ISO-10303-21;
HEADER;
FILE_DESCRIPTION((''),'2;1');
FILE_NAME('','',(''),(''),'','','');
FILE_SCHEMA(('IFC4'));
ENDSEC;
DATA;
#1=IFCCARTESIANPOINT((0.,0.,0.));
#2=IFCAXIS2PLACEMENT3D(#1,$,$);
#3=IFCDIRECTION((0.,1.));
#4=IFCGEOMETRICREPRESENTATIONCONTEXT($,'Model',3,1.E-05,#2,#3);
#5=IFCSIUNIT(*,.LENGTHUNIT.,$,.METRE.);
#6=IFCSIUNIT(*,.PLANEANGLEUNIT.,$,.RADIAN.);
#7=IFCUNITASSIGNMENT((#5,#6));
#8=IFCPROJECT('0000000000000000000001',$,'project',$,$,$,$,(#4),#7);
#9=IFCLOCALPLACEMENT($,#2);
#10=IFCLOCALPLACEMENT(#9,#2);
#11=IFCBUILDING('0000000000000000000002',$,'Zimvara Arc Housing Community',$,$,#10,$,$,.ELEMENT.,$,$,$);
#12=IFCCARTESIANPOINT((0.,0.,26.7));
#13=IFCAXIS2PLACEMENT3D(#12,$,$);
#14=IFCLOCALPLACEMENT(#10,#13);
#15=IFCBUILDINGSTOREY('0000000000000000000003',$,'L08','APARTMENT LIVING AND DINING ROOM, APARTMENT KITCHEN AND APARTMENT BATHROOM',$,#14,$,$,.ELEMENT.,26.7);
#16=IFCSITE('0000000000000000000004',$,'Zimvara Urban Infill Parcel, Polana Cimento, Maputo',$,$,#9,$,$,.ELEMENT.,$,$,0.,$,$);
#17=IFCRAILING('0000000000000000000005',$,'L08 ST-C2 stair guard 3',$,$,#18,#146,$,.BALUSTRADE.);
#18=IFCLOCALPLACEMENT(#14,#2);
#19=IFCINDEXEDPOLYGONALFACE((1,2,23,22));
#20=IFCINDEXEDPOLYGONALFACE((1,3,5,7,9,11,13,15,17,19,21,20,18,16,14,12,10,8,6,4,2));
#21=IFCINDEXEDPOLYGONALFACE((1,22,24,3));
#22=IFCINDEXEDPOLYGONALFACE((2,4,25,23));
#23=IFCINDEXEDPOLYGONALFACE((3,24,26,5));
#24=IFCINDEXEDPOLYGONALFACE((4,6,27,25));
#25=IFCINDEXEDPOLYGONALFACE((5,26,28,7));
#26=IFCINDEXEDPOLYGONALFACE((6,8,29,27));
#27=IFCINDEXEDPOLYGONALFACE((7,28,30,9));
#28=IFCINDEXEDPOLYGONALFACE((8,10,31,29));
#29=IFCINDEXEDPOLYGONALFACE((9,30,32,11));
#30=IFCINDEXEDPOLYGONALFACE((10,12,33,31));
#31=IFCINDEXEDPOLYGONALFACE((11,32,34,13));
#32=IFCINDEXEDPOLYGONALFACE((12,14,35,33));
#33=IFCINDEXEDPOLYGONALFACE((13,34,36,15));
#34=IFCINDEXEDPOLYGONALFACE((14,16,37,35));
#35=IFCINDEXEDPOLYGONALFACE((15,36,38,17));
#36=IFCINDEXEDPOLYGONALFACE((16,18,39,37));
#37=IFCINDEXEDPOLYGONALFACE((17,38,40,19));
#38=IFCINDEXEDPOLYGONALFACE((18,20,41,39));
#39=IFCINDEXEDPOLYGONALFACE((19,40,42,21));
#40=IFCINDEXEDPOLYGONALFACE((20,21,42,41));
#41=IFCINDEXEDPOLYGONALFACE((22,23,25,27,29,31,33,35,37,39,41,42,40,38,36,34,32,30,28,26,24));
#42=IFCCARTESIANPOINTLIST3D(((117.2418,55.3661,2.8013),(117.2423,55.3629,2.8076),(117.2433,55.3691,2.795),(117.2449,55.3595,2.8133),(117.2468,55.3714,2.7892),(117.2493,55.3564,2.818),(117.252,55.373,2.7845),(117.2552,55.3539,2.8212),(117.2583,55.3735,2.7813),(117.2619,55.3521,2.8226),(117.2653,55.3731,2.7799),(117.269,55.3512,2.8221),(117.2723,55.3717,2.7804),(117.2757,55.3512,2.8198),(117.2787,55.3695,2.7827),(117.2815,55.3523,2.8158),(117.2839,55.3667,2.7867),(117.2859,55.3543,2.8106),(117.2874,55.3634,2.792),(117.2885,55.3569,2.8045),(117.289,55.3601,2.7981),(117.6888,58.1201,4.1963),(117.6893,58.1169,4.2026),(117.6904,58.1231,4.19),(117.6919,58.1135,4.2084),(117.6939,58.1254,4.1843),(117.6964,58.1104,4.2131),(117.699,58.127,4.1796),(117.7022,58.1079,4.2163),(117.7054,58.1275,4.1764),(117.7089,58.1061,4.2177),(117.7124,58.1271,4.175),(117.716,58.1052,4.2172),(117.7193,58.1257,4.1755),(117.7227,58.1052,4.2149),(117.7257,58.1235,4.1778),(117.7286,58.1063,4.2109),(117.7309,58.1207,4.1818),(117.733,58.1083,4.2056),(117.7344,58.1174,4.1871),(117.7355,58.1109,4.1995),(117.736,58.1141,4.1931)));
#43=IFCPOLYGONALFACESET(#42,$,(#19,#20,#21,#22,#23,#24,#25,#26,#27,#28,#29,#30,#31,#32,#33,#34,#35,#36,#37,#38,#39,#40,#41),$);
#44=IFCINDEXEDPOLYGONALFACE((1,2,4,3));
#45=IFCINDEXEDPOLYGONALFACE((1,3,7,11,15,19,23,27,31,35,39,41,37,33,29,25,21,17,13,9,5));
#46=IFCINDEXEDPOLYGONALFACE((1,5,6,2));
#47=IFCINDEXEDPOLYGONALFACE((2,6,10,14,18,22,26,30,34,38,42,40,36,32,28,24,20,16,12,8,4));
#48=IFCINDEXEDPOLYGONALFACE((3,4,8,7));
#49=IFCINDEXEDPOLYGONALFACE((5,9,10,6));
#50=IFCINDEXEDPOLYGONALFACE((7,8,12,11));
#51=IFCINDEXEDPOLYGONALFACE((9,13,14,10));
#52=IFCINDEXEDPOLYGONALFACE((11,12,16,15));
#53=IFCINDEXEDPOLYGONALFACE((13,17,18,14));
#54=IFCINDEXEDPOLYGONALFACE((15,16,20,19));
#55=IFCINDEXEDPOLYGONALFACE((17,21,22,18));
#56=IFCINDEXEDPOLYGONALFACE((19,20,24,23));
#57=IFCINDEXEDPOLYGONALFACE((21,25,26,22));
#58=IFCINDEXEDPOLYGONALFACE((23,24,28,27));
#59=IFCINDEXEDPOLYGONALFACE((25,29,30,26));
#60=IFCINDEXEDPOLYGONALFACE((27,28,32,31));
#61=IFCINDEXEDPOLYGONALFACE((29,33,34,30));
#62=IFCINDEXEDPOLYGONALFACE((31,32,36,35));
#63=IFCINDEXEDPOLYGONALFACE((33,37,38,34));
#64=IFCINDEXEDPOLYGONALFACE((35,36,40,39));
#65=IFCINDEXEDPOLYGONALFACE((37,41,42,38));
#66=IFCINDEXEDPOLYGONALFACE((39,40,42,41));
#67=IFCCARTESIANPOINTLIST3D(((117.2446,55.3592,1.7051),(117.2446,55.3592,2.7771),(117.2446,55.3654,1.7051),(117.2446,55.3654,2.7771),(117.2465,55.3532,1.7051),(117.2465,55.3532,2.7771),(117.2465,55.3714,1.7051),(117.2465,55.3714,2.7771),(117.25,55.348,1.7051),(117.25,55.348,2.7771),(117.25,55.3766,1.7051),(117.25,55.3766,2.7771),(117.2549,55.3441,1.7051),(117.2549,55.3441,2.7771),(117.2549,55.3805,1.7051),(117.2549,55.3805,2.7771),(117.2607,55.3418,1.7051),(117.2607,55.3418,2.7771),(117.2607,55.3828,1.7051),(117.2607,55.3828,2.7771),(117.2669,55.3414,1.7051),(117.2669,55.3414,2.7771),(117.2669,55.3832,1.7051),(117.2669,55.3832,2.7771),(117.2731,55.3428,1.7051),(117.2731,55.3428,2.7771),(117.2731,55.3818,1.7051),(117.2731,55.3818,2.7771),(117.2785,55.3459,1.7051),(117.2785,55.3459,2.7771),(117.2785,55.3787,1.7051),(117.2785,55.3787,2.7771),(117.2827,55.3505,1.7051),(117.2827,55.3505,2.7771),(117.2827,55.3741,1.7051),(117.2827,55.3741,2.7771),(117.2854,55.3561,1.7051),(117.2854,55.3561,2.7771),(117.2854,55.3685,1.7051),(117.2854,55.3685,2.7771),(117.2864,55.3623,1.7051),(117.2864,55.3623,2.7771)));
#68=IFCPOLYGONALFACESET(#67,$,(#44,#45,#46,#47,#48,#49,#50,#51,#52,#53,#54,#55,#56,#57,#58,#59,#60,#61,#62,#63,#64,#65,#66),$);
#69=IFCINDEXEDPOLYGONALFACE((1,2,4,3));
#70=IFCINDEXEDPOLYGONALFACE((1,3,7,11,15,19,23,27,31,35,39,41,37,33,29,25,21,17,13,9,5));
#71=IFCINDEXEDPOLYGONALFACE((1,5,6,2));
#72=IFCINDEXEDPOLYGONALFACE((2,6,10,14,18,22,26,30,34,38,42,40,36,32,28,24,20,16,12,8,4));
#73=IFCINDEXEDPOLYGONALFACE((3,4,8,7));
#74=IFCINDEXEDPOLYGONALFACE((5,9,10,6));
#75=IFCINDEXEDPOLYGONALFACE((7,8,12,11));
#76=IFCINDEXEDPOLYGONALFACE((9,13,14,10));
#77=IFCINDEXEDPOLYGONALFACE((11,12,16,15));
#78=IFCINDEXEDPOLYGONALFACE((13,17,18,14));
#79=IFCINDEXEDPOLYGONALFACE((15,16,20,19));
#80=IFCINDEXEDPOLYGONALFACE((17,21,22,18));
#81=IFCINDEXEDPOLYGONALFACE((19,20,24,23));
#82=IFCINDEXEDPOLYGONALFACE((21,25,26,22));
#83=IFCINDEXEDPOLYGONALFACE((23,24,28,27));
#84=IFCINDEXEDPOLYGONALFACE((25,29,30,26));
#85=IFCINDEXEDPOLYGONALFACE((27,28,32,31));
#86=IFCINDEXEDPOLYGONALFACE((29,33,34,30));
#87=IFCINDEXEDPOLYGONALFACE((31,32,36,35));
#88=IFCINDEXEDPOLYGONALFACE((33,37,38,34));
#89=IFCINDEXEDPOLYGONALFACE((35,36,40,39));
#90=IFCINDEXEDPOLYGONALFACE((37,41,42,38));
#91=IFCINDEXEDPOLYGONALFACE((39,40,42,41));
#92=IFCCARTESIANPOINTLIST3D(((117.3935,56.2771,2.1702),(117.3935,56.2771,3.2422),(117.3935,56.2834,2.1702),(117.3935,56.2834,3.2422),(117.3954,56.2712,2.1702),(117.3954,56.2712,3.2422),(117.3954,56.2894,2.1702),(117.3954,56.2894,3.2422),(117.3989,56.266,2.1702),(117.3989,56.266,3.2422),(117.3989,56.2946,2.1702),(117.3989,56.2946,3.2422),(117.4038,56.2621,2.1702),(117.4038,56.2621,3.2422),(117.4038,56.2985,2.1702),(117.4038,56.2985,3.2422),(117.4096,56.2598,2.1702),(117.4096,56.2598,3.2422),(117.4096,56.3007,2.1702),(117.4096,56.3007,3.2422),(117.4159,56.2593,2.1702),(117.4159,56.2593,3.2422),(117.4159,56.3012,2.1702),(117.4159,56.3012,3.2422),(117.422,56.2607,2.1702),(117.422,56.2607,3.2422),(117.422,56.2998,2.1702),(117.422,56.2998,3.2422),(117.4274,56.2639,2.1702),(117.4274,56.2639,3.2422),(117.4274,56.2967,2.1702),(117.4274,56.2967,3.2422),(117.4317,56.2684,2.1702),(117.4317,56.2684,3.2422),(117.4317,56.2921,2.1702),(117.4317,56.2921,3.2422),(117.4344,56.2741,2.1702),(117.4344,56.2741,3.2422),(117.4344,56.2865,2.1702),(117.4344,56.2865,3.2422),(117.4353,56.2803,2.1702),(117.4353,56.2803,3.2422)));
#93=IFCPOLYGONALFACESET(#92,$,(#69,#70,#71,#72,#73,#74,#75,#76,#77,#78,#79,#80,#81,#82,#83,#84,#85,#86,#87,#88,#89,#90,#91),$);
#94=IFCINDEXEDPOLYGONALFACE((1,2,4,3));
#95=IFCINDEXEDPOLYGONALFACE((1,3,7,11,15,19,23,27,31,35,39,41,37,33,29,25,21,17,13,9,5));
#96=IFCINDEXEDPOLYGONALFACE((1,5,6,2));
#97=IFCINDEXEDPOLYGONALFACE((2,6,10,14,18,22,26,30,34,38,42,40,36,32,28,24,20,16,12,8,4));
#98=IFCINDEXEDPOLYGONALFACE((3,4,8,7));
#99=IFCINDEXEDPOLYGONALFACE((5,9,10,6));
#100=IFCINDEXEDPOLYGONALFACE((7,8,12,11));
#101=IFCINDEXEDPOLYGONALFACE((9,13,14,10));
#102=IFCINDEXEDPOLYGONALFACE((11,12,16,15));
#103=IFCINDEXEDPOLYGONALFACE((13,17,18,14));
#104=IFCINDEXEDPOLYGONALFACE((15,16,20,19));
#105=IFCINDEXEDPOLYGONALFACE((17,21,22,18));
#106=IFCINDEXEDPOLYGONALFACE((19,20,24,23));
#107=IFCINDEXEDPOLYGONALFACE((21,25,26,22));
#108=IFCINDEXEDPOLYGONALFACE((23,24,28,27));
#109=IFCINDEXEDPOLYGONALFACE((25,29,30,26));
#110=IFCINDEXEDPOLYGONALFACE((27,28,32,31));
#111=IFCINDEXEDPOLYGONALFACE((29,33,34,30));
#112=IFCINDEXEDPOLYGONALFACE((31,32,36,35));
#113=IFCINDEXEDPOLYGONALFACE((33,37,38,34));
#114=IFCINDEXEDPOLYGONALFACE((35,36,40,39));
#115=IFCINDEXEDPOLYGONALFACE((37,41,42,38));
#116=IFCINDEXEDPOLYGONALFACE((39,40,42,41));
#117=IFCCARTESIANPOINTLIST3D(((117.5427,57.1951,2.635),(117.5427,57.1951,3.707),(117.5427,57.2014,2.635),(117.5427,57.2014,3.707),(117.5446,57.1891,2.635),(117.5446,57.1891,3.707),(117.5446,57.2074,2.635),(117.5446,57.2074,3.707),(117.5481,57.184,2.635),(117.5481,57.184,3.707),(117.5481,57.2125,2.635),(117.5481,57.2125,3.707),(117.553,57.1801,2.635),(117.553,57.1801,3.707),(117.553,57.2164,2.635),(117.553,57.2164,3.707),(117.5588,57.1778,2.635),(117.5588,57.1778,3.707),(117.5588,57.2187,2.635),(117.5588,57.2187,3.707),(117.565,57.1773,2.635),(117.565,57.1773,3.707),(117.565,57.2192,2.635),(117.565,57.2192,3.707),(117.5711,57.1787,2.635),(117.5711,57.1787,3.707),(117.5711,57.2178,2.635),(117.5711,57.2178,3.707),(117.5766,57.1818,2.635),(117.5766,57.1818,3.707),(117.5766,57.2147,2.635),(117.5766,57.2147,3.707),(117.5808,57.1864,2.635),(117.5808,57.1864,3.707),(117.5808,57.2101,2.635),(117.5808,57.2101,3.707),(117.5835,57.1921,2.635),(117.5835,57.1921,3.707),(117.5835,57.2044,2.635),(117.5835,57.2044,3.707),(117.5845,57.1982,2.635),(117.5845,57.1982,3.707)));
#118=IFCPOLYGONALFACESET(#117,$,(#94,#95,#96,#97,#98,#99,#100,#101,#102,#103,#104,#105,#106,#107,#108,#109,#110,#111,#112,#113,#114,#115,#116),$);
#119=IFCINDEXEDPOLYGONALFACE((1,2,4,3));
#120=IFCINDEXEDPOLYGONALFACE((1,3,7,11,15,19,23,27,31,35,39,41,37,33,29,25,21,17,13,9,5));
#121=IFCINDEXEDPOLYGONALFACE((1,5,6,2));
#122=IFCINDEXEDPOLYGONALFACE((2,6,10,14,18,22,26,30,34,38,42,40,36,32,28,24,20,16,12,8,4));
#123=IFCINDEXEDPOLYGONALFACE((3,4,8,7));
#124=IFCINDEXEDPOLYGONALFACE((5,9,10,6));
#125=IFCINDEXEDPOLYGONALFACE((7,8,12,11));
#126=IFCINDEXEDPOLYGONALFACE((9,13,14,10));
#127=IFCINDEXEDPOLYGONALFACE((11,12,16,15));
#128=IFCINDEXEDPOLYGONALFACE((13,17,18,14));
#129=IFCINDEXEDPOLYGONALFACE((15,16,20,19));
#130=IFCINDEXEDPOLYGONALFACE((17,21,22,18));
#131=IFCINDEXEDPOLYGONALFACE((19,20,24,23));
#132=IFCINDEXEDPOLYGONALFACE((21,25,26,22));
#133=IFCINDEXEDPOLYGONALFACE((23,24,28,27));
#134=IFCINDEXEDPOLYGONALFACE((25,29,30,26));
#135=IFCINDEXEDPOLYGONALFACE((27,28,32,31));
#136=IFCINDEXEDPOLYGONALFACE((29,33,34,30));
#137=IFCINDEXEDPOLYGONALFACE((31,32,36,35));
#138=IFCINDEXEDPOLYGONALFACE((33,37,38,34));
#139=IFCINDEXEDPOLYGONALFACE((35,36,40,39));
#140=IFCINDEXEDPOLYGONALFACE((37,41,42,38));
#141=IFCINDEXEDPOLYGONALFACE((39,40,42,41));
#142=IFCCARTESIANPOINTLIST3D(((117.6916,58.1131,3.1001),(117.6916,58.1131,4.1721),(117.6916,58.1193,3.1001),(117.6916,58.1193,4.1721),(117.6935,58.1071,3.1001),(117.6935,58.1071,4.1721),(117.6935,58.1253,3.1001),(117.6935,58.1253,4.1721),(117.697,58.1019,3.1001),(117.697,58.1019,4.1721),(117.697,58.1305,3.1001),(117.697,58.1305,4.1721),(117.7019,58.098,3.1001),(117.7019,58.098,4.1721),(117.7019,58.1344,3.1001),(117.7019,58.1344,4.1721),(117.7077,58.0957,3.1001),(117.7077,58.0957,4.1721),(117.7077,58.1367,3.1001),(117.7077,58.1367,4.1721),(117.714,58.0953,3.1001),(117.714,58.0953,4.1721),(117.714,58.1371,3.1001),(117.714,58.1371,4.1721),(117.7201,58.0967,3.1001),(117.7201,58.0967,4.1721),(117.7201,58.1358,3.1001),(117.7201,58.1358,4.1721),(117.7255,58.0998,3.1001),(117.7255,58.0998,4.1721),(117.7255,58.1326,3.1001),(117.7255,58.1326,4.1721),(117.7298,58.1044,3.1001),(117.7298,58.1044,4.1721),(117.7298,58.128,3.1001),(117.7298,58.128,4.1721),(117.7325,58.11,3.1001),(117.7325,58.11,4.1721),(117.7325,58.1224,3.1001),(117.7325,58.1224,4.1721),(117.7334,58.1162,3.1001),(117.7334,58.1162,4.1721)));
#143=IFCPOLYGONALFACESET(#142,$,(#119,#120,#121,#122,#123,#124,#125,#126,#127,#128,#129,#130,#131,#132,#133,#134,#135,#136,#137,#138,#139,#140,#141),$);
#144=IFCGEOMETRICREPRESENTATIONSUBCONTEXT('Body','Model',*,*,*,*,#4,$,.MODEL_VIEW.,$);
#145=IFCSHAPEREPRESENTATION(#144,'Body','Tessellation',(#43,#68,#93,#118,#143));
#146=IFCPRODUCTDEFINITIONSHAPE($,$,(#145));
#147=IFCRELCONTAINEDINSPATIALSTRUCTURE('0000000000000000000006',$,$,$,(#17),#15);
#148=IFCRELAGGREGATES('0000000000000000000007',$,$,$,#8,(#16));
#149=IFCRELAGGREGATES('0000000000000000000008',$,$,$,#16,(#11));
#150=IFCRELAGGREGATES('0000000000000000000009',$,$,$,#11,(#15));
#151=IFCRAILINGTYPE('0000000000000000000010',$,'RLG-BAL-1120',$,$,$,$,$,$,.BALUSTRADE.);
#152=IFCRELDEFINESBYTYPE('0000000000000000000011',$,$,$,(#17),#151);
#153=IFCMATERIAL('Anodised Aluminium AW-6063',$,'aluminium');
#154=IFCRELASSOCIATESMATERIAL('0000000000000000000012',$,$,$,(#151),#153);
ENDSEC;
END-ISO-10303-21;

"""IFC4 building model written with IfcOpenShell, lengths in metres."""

from ifc_helpers import new_model, si_unit, direction, frame, origin, origin_2d, place, context, subcontext, project, spatial, circle, extrude, material, type_object, element, save


model = new_model("IFC4")

# Units and contexts
model_context = context("Model", 3, precision=1e-05, world=origin(), true_north=direction((0.0, 1.0)))
body_context = subcontext(model_context, "Body", "Model", "MODEL_VIEW")
ifc_project = project(units=[si_unit("LENGTHUNIT", "METRE"), si_unit("PLANEANGLEUNIT", "RADIAN")], contexts=[model_context])

# Site, building, storey
site_placement = place(None, origin())
site = spatial("IfcSite", under=ifc_project, at=site_placement, Name="Zimvara Urban Infill Parcel, Polana Cimento, Maputo", CompositionType="ELEMENT", RefElevation=0.0)
building_placement = place(site_placement, origin())
building = spatial("IfcBuilding", under=site, at=building_placement, Name="Zimvara Arc Housing Community", CompositionType="ELEMENT")
storey_placement = place(building_placement, frame((0.0, 0.0, 26.7)))
storey = spatial("IfcBuildingStorey", under=building, at=storey_placement, Name="L08", Description="APARTMENT LIVING AND DINING ROOM, APARTMENT KITCHEN AND APARTMENT BATHROOM", CompositionType="ELEMENT", Elevation=26.7)

# Railing
ifc_material_1 = material(Name="Anodised Aluminium AW-6063", Category="aluminium")
railing_type_1 = type_object("IfcRailingType", Name="RLG-BAL-1120", PredefinedType="BALUSTRADE", material=ifc_material_1)
railing_1_placement = place(storey_placement, frame((117.2654, 55.3623, 1.7051)))
element("IfcRailing", 1, at=railing_1_placement, inside=storey, type_object=railing_type_1, Name="L08 ST-C2 stair guard 3", PredefinedType="BALUSTRADE", context=body_context, shape_type="SweptSolid", body=[
    extrude(circle(Radius=0.0239, at=origin_2d()), frame((0.0, 0.0, 1.0962), z_axis=(0.143309, 0.882866, 0.447225), x_axis=(-0.98708, 0.160226, 0.0)), (0.0, 0.0, 1.0), 3.1194),
    extrude(circle(Radius=0.021, at=origin_2d()), origin(), (0.0, 0.0, 1.0), 1.072),
    extrude(circle(Radius=0.021, at=origin_2d()), frame((0.1489, 0.918, 0.4651)), (0.0, 0.0, 1.0), 1.072),
    extrude(circle(Radius=0.021, at=origin_2d()), frame((0.2981, 1.8359, 0.9299)), (0.0, 0.0, 1.0), 1.072),
    extrude(circle(Radius=0.021, at=origin_2d()), frame((0.447, 2.7539, 1.395)), (0.0, 0.0, 1.0), 1.072),
])

save(model, "model.ifc")
